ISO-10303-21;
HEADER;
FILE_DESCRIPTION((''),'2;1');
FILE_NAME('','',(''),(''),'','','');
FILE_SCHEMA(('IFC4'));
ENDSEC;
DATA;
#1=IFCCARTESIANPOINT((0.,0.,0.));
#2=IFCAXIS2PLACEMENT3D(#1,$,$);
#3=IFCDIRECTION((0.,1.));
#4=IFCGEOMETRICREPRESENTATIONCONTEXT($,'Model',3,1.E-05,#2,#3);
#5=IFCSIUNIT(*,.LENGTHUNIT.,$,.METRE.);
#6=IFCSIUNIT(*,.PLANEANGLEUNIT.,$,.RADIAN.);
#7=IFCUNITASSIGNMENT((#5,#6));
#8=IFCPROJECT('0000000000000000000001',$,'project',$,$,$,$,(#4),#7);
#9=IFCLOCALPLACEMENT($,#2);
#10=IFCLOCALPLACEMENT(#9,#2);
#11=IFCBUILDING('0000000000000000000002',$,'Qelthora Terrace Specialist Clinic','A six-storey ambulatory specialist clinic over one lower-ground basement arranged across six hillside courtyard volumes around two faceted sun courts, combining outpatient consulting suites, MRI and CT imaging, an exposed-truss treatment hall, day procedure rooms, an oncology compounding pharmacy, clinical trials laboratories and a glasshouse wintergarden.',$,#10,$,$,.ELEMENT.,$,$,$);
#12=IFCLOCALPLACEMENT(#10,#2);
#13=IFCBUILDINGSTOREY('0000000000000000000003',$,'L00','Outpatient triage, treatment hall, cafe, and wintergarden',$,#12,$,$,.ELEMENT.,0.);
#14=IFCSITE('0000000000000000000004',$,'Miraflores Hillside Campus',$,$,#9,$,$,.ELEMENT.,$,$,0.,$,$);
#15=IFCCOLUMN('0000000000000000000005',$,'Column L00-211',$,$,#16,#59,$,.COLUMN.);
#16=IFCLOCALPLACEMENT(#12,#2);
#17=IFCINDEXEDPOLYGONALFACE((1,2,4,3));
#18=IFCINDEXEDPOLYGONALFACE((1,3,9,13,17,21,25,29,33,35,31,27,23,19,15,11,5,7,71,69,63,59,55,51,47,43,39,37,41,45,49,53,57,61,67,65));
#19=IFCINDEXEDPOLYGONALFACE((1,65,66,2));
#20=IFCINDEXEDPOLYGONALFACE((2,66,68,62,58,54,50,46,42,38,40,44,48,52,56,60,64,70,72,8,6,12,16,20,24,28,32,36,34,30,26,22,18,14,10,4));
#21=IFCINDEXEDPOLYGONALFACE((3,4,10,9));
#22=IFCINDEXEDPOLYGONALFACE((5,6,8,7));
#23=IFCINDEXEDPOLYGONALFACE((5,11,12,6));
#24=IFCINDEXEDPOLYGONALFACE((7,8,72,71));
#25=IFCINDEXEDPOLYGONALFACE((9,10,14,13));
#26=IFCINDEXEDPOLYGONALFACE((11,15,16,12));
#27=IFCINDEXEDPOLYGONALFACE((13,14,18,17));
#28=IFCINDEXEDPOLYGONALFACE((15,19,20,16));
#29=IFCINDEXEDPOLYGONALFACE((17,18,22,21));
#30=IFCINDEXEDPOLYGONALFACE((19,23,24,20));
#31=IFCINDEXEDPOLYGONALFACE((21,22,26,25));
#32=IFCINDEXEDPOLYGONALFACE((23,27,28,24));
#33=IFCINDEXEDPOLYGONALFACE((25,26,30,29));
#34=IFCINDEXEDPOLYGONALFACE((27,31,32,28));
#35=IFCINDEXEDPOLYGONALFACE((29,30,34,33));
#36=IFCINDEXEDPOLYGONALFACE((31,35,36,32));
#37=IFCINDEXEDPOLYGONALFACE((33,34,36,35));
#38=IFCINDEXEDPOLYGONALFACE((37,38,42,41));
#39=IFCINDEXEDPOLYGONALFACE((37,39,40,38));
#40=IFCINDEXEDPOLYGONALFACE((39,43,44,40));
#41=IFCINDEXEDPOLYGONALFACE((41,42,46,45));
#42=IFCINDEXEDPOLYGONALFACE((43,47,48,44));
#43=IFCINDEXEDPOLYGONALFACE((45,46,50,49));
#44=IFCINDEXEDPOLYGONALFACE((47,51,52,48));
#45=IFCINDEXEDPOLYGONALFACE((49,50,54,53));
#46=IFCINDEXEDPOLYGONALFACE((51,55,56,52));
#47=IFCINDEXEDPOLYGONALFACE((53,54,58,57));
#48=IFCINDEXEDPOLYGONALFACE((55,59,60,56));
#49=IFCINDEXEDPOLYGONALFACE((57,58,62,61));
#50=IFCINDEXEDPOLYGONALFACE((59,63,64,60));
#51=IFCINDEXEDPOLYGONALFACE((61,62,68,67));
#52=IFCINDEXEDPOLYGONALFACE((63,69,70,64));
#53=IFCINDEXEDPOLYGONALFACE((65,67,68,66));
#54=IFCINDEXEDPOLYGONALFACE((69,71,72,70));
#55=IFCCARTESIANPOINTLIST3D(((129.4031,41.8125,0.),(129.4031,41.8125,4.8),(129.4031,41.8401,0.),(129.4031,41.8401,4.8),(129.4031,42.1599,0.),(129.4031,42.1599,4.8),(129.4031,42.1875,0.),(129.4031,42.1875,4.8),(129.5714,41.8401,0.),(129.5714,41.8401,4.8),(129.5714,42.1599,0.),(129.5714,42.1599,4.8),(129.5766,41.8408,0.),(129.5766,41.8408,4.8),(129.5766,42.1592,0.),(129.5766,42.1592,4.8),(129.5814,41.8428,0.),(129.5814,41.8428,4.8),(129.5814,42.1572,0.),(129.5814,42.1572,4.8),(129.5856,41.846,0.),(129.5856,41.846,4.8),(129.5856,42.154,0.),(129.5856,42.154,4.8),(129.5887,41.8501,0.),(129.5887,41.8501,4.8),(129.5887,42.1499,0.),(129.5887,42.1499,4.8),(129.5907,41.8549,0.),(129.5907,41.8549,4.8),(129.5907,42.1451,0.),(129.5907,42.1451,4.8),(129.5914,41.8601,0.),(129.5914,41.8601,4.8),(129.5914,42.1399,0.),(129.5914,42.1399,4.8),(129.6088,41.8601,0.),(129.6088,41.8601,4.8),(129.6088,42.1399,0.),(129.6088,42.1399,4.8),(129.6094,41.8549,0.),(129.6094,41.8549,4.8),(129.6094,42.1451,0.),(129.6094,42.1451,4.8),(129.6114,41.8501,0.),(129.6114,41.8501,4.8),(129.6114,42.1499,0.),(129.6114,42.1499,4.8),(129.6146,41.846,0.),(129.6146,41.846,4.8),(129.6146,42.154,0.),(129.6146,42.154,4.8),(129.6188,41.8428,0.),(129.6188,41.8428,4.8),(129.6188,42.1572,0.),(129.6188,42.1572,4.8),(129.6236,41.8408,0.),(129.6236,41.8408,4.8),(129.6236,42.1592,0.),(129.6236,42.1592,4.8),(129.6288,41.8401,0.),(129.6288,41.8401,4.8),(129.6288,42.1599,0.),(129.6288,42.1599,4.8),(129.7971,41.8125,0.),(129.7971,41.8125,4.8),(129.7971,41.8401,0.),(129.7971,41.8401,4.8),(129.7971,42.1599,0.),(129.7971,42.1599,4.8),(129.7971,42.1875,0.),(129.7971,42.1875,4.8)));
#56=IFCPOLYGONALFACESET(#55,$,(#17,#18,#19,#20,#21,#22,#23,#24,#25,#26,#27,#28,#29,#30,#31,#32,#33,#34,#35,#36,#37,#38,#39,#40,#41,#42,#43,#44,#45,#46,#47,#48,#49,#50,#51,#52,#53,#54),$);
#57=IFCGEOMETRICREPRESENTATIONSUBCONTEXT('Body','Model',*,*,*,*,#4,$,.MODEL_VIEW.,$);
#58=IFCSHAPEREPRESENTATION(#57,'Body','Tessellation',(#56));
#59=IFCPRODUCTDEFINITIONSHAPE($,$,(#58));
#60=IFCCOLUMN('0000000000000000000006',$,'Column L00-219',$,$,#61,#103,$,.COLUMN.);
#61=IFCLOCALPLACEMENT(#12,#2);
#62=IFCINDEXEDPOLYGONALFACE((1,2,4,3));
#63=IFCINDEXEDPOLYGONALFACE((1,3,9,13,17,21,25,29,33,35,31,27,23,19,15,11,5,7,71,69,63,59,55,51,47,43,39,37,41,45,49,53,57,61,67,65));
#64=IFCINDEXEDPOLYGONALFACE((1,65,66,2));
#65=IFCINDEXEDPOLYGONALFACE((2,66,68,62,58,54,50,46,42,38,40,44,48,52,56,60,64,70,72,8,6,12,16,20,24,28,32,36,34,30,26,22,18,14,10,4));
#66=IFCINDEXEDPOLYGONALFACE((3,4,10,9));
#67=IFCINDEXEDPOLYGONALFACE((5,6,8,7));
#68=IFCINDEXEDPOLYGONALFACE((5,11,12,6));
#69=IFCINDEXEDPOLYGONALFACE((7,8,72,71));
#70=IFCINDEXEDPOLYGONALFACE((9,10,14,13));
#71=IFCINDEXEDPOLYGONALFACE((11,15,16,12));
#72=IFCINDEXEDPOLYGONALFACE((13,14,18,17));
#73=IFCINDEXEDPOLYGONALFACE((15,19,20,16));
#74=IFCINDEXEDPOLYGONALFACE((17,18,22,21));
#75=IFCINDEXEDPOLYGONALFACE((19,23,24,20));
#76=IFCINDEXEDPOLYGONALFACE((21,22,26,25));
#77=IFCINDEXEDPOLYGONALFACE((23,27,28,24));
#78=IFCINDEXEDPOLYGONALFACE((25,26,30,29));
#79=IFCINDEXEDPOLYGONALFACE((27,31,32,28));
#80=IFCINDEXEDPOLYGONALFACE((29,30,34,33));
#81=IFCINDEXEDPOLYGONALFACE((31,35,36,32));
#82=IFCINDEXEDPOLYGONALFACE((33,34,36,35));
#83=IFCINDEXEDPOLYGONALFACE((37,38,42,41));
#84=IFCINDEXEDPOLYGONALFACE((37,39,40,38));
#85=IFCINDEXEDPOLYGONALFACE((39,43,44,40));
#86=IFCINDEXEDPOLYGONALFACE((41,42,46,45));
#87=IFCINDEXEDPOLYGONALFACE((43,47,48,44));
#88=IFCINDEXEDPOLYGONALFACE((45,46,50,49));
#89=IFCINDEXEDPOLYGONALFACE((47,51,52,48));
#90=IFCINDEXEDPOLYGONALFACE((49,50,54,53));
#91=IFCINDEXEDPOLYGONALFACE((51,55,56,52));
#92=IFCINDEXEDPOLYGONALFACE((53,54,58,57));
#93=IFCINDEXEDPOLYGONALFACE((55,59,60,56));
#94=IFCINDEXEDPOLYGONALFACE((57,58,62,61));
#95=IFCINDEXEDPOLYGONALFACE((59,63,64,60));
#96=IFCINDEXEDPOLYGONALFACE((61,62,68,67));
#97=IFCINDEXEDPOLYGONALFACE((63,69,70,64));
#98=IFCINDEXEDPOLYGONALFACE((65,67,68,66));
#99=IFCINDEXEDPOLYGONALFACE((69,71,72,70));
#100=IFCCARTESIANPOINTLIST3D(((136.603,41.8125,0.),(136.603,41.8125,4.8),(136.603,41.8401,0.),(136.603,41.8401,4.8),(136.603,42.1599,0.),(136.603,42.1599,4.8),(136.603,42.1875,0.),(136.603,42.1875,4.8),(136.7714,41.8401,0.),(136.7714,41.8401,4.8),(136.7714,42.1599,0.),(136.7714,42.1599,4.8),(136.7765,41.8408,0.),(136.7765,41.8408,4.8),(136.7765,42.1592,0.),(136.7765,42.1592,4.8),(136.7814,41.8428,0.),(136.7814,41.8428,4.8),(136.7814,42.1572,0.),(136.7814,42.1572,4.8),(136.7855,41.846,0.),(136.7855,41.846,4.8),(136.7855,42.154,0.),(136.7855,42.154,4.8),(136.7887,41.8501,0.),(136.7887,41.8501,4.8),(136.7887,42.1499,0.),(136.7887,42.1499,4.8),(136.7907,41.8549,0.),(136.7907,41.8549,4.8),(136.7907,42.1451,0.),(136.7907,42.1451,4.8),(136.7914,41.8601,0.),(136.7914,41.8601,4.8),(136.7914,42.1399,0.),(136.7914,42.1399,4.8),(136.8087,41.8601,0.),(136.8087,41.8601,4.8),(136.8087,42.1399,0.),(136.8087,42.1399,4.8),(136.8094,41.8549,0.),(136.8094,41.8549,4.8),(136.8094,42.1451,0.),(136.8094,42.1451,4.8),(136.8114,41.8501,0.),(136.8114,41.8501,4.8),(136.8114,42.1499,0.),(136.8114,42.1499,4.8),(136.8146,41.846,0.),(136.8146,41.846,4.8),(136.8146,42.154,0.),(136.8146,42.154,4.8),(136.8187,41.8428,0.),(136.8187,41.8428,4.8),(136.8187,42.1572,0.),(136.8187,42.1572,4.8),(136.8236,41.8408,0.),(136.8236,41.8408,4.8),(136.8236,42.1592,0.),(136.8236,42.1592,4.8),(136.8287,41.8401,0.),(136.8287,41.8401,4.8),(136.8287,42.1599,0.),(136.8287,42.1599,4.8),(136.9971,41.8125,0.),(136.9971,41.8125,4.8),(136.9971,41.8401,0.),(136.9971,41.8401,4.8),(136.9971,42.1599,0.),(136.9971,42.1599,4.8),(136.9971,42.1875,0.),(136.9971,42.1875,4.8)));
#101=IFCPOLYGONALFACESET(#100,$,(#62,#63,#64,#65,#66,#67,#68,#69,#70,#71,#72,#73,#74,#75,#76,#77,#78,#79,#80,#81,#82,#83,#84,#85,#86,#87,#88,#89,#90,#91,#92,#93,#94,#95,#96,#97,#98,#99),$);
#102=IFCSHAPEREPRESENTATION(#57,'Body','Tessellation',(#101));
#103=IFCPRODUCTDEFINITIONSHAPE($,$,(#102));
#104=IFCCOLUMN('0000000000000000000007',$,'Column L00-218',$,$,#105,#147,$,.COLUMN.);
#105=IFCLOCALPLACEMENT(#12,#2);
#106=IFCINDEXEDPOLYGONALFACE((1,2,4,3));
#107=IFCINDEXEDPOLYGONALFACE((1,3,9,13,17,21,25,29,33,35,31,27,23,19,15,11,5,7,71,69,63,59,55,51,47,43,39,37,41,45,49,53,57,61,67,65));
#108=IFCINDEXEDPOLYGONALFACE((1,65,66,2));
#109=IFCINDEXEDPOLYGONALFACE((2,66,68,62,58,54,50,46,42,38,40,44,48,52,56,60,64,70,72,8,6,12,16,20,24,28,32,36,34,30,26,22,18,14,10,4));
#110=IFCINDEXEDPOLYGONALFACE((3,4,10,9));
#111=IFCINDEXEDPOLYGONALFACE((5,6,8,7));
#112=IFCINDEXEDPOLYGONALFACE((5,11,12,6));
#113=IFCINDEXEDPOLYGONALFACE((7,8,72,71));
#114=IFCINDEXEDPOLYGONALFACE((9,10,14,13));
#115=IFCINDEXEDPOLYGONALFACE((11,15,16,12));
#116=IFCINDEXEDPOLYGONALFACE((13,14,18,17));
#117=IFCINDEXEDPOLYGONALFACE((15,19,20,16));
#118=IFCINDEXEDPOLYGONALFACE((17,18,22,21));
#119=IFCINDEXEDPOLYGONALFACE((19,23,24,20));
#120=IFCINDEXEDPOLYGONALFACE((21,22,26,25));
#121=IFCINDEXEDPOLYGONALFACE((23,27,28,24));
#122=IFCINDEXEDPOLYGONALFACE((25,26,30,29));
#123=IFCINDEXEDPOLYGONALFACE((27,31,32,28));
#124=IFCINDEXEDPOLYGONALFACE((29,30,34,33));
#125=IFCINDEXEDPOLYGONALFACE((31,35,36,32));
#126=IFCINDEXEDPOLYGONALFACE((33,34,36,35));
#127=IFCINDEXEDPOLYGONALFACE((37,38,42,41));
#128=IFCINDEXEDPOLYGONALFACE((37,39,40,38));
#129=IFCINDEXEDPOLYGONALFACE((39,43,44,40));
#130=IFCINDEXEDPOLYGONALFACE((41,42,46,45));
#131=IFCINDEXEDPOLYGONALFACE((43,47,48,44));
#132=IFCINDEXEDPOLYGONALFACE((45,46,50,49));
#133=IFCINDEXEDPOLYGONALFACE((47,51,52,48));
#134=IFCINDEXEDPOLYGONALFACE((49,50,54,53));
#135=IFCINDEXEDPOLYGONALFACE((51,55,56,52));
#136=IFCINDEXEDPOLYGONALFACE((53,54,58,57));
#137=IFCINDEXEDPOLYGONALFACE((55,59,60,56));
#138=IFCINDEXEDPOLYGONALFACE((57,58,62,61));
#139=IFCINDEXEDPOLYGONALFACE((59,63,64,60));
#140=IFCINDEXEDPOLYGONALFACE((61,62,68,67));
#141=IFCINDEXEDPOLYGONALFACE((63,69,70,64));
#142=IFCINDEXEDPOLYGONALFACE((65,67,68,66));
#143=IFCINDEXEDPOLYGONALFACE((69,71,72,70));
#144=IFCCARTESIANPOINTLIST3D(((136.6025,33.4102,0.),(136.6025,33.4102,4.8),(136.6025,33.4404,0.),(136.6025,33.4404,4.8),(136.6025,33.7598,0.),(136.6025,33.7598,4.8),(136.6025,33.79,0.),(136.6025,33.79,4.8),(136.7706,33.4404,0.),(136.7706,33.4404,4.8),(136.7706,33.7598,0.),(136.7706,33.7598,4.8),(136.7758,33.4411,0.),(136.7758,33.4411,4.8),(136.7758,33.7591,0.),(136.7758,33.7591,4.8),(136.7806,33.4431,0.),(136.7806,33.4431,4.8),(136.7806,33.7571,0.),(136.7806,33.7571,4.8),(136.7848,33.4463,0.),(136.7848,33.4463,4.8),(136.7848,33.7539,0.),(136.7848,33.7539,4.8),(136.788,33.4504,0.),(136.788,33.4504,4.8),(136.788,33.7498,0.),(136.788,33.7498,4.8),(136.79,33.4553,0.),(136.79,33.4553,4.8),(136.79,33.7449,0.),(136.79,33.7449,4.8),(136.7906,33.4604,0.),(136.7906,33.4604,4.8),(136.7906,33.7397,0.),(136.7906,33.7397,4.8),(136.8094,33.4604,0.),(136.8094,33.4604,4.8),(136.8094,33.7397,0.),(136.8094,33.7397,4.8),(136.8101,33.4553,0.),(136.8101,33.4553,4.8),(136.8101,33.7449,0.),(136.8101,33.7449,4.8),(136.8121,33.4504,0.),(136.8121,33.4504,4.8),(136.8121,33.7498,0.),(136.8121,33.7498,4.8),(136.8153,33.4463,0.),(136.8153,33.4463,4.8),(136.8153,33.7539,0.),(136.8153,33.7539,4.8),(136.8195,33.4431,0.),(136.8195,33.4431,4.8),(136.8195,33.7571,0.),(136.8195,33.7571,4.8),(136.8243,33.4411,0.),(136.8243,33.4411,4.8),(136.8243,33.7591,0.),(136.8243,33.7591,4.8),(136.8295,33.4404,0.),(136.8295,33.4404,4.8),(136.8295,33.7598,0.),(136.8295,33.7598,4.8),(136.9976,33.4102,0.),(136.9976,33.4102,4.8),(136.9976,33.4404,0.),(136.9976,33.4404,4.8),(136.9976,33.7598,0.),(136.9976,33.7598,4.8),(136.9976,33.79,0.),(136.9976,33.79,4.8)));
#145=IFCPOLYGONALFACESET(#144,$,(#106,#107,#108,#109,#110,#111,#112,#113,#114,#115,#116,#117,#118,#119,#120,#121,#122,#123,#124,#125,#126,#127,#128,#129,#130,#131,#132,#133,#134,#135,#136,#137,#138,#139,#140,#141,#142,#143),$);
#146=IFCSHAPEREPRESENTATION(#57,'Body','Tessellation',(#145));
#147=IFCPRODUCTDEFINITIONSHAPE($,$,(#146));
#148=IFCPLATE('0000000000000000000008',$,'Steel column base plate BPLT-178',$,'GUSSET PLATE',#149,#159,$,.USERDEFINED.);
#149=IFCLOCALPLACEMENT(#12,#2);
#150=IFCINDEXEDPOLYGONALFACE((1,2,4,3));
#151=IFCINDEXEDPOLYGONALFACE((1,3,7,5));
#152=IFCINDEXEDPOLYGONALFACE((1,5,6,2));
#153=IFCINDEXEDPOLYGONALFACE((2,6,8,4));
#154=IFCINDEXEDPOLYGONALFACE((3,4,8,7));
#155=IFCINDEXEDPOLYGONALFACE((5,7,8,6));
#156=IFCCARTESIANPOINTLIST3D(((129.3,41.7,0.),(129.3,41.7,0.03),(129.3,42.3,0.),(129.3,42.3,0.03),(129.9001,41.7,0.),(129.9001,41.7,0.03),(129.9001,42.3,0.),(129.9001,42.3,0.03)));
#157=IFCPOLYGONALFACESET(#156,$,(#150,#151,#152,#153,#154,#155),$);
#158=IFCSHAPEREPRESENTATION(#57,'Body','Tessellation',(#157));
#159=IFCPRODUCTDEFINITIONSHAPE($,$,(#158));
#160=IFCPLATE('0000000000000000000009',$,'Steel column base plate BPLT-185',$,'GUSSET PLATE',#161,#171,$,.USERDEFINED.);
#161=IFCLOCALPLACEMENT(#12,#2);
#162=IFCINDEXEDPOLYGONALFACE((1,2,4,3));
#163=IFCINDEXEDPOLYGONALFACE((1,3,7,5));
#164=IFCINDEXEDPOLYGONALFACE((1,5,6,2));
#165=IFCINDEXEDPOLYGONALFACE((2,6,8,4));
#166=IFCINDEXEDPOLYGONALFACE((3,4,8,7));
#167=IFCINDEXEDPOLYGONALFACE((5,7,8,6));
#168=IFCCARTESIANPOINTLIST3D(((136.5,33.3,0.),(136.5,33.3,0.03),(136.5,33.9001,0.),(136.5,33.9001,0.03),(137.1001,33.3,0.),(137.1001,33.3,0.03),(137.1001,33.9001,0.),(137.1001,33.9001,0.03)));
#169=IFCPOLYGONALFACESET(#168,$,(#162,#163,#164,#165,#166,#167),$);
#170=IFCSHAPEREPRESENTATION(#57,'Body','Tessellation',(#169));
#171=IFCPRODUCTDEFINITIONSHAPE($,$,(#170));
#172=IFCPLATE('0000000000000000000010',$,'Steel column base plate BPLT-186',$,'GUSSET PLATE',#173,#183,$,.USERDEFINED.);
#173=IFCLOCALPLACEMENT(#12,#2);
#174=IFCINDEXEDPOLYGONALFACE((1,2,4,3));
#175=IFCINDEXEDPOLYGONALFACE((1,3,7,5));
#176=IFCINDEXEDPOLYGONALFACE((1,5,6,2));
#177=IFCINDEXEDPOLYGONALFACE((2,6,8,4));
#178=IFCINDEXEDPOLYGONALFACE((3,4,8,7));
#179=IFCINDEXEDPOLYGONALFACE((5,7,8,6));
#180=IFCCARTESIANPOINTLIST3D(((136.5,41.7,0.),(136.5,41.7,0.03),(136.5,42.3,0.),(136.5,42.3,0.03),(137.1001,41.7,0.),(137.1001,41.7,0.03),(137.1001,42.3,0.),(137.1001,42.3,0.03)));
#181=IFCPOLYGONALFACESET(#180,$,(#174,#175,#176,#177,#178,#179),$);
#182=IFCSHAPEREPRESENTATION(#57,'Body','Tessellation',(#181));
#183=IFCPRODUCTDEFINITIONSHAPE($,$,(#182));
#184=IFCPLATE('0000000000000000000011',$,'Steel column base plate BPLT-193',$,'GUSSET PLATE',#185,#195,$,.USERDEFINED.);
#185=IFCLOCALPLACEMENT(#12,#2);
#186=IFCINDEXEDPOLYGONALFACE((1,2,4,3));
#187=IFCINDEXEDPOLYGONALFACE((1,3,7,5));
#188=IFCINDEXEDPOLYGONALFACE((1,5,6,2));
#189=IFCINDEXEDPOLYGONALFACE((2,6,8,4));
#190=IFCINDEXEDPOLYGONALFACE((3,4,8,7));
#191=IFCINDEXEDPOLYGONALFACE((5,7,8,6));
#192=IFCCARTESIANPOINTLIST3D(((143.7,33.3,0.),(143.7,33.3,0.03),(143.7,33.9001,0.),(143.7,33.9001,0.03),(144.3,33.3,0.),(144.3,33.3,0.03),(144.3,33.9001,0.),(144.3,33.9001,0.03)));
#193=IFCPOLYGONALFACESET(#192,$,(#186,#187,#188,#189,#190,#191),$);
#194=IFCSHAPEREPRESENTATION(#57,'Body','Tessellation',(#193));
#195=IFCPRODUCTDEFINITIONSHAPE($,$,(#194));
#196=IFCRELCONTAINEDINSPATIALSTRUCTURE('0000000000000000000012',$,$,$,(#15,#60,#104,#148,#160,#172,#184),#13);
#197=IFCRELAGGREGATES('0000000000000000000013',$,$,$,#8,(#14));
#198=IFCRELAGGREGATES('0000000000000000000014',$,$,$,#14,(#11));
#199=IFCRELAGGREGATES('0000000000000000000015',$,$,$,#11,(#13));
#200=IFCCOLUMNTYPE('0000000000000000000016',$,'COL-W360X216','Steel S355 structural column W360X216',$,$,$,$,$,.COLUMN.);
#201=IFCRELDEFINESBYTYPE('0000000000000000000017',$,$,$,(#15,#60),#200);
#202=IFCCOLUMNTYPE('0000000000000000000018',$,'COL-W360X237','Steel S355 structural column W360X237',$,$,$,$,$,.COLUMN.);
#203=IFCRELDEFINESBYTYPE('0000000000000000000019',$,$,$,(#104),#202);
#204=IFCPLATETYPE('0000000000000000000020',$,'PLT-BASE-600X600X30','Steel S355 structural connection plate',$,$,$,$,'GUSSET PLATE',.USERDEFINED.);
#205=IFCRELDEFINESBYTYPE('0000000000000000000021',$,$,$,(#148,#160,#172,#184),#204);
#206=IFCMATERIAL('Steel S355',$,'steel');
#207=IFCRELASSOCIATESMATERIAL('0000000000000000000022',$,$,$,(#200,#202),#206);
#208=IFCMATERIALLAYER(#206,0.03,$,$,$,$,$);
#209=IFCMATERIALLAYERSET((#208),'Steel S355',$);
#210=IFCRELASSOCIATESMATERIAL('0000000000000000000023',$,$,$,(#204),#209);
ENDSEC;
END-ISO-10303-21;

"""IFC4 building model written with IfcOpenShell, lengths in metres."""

from ifc_helpers import new_model, si_unit, direction, frame, origin, origin_2d, place, context, subcontext, project, spatial, rectangle, i_section, extrude, material, layer, layer_set, material_profile, profile_set, type_object, element, save


model = new_model("IFC4")

# Units and contexts
model_context = context("Model", 3, precision=1e-05, world=origin(), true_north=direction((0.0, 1.0)))
body_context = subcontext(model_context, "Body", "Model", "MODEL_VIEW")
ifc_project = project(units=[si_unit("LENGTHUNIT", "METRE"), si_unit("PLANEANGLEUNIT", "RADIAN")], contexts=[model_context])

# Site, building, storey
site_placement = place(None, origin())
site = spatial("IfcSite", under=ifc_project, at=site_placement, Name="Miraflores Hillside Campus", CompositionType="ELEMENT", RefElevation=0.0)
building_placement = place(site_placement, origin())
building = spatial("IfcBuilding", under=site, at=building_placement, Name="Qelthora Terrace Specialist Clinic", Description="A six-storey ambulatory specialist clinic over one lower-ground basement arranged across six hillside courtyard volumes around two faceted sun courts, combining outpatient consulting suites, MRI and CT imaging, an exposed-truss treatment hall, day procedure rooms, an oncology compounding pharmacy, clinical trials laboratories and a glasshouse wintergarden.", CompositionType="ELEMENT")
storey_placement = place(building_placement, origin())
storey = spatial("IfcBuildingStorey", under=building, at=storey_placement, Name="L00", Description="Outpatient triage, treatment hall, cafe, and wintergarden", CompositionType="ELEMENT", Elevation=0.0)

# Columns
ifc_material_1 = material(Name="Steel S355", Category="steel")
ifc_material_profile_1 = material_profile(ifc_material_1, i_section(OverallWidth=0.394, OverallDepth=0.375, WebThickness=0.0173, FlangeThickness=0.0276, FilletRadius=0.02, at=origin_2d()), Name="W360X216")
ifc_profile_set_1 = profile_set([ifc_material_profile_1], Name="Steel S355")
column_type_1 = type_object("IfcColumnType", Name="COL-W360X216", Description="Steel S355 structural column W360X216", PredefinedType="COLUMN", material=ifc_profile_set_1)
for number, where, z_axis, x_axis, name in (
    (1, (129.6001, 42.0, 0.0), (0.0, 0.0, 1.0), (1.0, 0.0, 0.0), "Column L00-211"),
    (2, (136.8, 42.0, 0.0), (0.0, 0.0, 1.0), (1.0, 0.0, 0.0), "Column L00-219"),
):
    element("IfcColumn", number, at=place(storey_placement, frame(where, z_axis=z_axis, x_axis=x_axis)), inside=storey, type_object=column_type_1, Name=name, PredefinedType="COLUMN", context=body_context, shape_type="SweptSolid", body=[
        extrude(i_section(OverallWidth=0.394, OverallDepth=0.375, WebThickness=0.0173, FlangeThickness=0.0276, FilletRadius=0.02, at=origin_2d()), origin(), (0.0, 0.0, 1.0), 4.8),
    ])
ifc_material_profile_2 = material_profile(ifc_material_1, i_section(OverallWidth=0.395, OverallDepth=0.3799, WebThickness=0.0188, FlangeThickness=0.0303, FilletRadius=0.02, at=origin_2d()), Name="W360X237")
ifc_profile_set_2 = profile_set([ifc_material_profile_2], Name="Steel S355")
column_type_2 = type_object("IfcColumnType", Name="COL-W360X237", Description="Steel S355 structural column W360X237", PredefinedType="COLUMN", material=ifc_profile_set_2)
column_1_placement = place(storey_placement, frame((136.8, 33.6001, 0.0), z_axis=(0.0, 0.0, 1.0), x_axis=(1.0, 0.0, 0.0)))
element("IfcColumn", 3, at=column_1_placement, inside=storey, type_object=column_type_2, Name="Column L00-218", PredefinedType="COLUMN", context=body_context, shape_type="SweptSolid", body=[
    extrude(i_section(OverallWidth=0.395, OverallDepth=0.3799, WebThickness=0.0188, FlangeThickness=0.0303, FilletRadius=0.02, at=origin_2d()), origin(), (0.0, 0.0, 1.0), 4.8),
])

# Plates
ifc_layer_1 = layer(ifc_material_1, 0.03)
ifc_layer_set_1 = layer_set([ifc_layer_1], Name="Steel S355")
plate_type = type_object("IfcPlateType", Name="PLT-BASE-600X600X30", Description="Steel S355 structural connection plate", ElementType="GUSSET PLATE", PredefinedType="USERDEFINED", material=ifc_layer_set_1)
for number, where, z_axis, x_axis, name in (
    (4, (129.6001, 42.0, 0.0), (0.0, 0.0, 1.0), (1.0, 0.0, 0.0), "Steel column base plate BPLT-178"),
    (5, (136.8, 33.6001, 0.0), (0.0, 0.0, 1.0), (1.0, 0.0, 0.0), "Steel column base plate BPLT-185"),
    (6, (136.8, 42.0, 0.0), (0.0, 0.0, 1.0), (1.0, 0.0, 0.0), "Steel column base plate BPLT-186"),
    (7, (144.0, 33.6001, 0.0), (0.0, 0.0, 1.0), (1.0, 0.0, 0.0), "Steel column base plate BPLT-193"),
):
    element("IfcPlate", number, at=place(storey_placement, frame(where, z_axis=z_axis, x_axis=x_axis)), inside=storey, type_object=plate_type, Name=name, ObjectType="GUSSET PLATE", PredefinedType="USERDEFINED", context=body_context, shape_type="SweptSolid", body=[
        extrude(rectangle(XDim=0.6001, YDim=0.6001, at=origin_2d()), origin(), (0.0, 0.0, 1.0), 0.03),
    ])

save(model, "model.ifc")
